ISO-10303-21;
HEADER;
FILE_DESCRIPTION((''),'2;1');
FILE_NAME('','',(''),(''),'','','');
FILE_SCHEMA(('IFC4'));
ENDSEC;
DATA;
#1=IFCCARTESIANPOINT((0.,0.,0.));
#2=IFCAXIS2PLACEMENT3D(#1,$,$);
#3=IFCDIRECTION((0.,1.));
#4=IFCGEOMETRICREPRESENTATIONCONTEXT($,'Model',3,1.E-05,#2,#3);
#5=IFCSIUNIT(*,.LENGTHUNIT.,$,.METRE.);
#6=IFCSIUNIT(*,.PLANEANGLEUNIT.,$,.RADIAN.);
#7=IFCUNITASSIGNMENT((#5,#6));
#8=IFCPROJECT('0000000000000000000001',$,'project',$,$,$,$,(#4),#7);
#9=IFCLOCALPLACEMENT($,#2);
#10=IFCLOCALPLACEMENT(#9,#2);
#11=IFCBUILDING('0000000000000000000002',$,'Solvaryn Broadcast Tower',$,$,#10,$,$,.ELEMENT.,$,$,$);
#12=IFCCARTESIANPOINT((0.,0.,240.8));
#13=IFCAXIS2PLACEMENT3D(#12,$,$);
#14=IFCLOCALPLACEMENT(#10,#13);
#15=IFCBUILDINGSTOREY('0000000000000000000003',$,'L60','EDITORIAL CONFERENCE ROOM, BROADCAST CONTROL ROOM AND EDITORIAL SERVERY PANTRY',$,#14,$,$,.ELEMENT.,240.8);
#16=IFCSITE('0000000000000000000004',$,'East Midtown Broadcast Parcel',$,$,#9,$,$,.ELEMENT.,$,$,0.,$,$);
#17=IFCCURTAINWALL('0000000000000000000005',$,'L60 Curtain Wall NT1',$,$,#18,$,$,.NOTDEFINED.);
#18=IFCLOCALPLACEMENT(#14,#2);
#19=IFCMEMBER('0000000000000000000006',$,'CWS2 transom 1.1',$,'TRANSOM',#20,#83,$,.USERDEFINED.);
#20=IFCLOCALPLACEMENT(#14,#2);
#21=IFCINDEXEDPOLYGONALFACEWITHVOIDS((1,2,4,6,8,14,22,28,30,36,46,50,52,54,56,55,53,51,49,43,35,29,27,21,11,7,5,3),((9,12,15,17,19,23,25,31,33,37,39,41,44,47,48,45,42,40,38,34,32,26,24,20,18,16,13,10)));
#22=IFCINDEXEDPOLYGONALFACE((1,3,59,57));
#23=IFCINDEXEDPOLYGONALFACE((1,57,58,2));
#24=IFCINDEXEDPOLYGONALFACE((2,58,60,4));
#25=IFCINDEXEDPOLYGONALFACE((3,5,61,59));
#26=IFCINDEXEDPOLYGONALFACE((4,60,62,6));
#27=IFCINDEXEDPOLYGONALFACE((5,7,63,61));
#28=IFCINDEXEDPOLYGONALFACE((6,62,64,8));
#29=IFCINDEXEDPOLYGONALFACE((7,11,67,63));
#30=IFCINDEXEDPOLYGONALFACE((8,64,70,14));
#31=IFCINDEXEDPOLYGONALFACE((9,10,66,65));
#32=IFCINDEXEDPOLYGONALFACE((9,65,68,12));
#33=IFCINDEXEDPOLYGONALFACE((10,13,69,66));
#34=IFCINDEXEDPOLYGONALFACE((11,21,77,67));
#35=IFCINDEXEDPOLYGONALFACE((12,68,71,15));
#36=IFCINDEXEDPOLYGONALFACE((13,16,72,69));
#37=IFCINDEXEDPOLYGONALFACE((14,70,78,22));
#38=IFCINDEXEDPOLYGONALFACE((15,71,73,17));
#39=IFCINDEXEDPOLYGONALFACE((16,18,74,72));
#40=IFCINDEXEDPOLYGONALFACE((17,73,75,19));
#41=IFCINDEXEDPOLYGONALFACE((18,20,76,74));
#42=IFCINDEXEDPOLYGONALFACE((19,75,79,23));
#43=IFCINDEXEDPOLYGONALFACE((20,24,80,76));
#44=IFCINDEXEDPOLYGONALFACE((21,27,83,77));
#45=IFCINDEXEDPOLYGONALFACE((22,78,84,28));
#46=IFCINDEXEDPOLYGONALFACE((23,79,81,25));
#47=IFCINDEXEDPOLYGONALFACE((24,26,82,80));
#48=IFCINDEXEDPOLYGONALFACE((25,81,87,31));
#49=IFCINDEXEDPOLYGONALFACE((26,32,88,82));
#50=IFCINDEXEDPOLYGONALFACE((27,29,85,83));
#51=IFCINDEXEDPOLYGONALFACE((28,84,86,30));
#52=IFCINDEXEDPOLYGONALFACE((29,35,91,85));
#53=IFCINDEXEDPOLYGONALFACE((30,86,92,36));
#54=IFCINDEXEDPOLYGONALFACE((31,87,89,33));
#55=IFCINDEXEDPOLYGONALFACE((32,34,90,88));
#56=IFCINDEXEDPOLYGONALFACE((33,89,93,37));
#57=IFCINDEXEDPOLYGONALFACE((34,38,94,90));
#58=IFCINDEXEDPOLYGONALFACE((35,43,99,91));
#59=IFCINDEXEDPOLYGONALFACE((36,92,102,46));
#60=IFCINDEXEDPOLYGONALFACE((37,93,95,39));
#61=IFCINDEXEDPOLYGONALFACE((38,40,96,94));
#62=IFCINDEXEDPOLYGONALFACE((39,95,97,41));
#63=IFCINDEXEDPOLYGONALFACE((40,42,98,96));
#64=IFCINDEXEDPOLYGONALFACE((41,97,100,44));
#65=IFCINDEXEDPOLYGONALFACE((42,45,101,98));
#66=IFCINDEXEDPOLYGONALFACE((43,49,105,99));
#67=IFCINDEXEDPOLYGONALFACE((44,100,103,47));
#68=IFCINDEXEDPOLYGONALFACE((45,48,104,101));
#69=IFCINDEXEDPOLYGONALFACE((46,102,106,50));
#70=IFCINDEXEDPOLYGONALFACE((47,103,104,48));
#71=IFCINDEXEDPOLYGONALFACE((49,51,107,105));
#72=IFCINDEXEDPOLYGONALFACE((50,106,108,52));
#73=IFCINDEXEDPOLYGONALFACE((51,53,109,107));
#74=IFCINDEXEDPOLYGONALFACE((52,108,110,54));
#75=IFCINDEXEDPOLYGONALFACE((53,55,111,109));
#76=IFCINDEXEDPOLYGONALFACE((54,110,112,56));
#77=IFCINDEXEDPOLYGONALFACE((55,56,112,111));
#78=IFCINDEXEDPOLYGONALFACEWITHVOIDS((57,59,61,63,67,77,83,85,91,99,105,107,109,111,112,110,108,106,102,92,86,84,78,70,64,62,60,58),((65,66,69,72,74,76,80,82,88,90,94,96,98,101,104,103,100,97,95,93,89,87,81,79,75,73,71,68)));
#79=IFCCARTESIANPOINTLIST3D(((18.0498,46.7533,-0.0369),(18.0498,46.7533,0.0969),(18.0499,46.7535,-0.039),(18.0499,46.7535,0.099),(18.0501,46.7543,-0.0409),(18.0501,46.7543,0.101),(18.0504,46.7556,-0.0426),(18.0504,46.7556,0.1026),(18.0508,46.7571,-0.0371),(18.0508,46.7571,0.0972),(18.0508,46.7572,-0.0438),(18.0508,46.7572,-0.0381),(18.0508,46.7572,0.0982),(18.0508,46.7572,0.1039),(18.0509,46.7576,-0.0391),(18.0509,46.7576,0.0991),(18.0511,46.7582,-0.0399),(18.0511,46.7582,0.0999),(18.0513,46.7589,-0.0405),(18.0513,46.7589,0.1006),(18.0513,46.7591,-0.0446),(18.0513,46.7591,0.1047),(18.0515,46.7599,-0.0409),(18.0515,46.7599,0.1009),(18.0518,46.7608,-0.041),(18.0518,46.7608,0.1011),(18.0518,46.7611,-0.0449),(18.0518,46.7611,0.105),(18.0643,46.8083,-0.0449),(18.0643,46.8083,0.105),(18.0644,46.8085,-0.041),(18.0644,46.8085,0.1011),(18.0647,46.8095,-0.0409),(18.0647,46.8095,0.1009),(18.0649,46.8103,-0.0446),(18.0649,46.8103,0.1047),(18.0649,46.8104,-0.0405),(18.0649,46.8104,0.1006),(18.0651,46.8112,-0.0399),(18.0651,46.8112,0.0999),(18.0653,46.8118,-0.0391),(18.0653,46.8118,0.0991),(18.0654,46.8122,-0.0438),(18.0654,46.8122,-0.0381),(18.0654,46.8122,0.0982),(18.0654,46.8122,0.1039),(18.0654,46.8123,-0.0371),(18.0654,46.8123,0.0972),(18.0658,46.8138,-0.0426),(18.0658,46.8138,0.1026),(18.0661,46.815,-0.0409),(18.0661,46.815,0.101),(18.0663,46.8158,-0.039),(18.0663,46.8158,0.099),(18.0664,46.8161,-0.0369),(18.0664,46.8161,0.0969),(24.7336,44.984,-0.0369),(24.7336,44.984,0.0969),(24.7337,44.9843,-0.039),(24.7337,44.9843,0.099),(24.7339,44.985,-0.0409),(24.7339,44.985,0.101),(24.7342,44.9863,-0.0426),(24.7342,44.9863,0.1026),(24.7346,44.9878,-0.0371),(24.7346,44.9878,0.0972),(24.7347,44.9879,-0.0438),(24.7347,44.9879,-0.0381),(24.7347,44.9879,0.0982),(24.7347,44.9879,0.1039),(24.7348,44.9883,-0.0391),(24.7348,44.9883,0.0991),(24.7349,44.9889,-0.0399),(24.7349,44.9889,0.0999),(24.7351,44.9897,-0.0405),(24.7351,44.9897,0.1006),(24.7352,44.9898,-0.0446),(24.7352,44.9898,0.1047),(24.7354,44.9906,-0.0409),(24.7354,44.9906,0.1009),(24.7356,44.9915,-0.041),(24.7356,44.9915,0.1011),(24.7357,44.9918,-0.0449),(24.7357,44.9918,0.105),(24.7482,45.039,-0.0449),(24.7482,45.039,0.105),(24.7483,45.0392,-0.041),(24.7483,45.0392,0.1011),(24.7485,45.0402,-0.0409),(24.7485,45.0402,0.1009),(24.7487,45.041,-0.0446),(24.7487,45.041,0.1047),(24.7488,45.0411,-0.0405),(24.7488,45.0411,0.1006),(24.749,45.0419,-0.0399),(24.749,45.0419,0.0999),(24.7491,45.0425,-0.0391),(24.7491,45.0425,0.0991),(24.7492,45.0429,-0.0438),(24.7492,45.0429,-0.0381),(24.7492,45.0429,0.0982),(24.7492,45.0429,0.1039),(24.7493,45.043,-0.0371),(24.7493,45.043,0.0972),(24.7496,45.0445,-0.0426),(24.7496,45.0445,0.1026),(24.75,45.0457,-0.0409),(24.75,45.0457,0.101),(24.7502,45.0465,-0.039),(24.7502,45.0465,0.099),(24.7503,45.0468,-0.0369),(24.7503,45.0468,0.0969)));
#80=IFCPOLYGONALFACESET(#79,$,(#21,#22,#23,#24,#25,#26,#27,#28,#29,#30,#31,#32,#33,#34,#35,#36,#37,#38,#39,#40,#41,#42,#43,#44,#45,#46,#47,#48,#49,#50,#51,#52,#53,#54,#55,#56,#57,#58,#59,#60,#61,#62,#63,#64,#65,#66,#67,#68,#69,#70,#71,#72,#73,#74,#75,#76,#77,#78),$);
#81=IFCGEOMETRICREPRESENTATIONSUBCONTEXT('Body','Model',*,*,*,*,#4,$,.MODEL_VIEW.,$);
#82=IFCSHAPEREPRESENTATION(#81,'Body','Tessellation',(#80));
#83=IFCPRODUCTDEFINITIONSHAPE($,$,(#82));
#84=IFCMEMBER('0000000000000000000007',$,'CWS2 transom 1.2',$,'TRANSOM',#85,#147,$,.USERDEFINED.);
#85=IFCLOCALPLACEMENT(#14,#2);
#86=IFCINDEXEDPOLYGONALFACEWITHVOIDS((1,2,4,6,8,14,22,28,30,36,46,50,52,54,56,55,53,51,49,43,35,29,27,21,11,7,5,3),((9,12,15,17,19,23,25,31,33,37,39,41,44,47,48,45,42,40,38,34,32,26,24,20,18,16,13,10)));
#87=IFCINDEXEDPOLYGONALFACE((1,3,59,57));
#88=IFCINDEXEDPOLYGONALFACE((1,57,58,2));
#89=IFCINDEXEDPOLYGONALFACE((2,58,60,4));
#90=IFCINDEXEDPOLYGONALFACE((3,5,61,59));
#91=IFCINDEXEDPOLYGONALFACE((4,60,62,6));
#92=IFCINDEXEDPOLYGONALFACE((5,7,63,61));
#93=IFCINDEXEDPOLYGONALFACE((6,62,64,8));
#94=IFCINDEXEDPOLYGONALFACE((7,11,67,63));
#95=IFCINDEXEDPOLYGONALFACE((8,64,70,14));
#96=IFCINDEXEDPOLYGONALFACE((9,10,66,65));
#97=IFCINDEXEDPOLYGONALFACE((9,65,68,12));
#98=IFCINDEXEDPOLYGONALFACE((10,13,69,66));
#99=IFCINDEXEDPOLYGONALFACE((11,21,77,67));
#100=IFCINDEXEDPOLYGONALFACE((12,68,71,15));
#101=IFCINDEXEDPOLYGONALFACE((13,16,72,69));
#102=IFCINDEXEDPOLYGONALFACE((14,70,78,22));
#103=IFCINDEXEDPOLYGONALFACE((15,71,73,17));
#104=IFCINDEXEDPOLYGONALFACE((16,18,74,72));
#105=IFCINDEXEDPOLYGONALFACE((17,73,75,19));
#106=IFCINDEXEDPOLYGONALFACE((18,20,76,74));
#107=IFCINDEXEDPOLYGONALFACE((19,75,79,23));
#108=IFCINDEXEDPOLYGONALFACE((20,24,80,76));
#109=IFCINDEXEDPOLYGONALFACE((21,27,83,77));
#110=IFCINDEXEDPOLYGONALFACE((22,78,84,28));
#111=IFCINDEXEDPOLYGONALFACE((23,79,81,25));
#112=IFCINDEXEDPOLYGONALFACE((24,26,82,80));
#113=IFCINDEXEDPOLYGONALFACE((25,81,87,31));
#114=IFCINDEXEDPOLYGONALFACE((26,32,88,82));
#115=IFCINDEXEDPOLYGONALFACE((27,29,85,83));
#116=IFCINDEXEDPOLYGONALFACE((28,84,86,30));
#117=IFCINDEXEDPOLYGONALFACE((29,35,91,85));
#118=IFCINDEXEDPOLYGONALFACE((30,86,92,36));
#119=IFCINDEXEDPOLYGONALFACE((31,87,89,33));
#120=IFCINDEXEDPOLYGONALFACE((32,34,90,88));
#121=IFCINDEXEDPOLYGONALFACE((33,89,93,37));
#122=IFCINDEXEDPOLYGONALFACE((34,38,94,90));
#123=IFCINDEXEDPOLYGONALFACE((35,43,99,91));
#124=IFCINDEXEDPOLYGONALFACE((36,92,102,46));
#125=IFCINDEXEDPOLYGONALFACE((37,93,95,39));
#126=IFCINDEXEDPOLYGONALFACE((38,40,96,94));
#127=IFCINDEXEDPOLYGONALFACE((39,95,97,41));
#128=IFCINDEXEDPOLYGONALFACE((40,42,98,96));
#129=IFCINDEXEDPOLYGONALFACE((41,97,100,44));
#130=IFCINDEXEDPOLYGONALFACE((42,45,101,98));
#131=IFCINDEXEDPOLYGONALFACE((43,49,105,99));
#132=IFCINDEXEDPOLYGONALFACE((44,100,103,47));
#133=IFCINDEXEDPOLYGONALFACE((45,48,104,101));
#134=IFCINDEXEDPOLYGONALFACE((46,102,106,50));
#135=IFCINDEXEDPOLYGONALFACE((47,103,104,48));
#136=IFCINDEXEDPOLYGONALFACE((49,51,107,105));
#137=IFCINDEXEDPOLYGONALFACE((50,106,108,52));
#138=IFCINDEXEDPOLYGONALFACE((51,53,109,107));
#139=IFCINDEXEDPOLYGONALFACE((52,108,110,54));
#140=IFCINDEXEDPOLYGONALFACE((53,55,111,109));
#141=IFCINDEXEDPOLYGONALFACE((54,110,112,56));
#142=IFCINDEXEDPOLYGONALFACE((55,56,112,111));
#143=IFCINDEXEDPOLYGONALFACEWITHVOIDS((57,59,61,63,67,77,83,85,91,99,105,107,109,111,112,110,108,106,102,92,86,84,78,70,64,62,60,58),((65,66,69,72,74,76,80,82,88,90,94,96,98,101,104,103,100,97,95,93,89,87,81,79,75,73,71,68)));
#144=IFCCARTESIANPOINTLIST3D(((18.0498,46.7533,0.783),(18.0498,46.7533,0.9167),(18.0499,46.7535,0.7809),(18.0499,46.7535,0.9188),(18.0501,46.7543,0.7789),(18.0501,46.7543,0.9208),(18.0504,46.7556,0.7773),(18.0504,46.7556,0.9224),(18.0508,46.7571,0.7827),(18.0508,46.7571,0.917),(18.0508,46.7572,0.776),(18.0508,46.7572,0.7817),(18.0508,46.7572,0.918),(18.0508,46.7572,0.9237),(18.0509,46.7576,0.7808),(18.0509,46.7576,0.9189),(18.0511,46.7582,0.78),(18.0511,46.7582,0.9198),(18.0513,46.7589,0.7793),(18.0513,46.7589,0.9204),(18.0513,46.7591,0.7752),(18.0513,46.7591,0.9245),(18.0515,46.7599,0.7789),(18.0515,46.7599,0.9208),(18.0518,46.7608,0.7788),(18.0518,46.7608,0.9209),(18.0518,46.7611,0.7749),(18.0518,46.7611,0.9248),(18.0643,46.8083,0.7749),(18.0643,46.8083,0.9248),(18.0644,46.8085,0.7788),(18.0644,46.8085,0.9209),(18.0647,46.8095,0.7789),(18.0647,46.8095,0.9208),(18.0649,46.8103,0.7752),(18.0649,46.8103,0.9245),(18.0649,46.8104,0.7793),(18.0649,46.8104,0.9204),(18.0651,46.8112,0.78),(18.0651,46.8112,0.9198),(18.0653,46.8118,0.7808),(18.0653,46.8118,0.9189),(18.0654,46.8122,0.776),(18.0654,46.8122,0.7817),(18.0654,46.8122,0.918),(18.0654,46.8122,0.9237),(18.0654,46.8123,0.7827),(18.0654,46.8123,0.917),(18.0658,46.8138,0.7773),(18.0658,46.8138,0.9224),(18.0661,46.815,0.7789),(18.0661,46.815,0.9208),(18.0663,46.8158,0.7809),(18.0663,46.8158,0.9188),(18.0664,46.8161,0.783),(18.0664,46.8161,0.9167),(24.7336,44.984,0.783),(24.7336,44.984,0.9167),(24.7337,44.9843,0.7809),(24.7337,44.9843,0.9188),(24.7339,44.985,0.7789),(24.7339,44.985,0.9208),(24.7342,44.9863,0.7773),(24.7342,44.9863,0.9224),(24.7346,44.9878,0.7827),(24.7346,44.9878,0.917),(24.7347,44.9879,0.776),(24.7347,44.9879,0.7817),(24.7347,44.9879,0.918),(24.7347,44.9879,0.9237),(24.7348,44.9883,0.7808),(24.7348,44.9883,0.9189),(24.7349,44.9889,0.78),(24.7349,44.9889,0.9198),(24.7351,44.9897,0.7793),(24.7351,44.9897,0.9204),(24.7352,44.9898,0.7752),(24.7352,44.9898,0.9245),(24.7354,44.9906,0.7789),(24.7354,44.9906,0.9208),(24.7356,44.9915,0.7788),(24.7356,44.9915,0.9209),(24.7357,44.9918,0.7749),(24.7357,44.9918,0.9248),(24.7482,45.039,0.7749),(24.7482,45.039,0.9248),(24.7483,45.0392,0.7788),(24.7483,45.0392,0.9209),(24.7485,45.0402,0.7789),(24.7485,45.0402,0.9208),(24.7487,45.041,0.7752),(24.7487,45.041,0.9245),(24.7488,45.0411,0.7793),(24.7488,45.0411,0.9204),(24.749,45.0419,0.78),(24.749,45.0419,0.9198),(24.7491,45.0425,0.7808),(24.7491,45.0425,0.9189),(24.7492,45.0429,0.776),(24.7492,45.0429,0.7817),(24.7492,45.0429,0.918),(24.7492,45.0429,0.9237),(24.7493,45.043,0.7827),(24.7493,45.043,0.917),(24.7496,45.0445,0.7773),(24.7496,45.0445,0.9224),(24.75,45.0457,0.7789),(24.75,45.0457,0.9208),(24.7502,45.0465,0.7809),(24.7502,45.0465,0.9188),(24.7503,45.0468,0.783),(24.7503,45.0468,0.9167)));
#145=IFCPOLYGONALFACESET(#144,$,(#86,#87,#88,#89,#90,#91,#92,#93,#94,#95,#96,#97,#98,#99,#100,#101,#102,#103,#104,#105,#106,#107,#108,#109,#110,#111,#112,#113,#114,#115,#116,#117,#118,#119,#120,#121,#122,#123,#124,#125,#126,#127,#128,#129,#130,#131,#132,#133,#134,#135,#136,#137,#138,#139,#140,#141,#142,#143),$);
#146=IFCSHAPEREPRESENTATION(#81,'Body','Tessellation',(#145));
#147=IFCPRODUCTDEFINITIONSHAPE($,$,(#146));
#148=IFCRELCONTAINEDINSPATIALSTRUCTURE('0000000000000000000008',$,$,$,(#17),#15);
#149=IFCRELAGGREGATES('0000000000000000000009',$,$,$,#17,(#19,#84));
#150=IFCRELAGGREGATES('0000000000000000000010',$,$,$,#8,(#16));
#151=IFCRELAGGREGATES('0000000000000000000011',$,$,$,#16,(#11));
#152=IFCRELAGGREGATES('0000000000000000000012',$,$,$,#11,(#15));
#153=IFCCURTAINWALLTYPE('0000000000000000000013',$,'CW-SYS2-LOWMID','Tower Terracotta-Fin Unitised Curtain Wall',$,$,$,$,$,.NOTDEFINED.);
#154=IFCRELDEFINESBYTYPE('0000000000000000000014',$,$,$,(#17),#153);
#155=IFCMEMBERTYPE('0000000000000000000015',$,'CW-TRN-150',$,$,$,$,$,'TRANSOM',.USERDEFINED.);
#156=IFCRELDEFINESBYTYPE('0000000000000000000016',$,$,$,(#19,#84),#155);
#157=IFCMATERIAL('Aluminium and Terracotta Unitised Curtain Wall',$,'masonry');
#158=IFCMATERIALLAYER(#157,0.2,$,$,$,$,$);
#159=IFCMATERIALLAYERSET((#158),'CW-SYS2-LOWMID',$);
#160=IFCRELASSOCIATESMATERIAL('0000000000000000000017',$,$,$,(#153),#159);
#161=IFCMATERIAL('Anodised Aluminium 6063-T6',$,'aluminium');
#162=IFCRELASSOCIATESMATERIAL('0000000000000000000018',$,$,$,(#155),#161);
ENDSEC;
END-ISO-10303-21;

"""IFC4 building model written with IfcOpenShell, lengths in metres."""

from ifc_helpers import new_model, si_unit, direction, frame, origin, origin_2d, place, context, subcontext, project, spatial, hollow_rectangle, extrude, material, layer, layer_set, material_profile, profile_set, type_object, element, aggregate, save


model = new_model("IFC4")

# Units and contexts
model_context = context("Model", 3, precision=1e-05, world=origin(), true_north=direction((0.0, 1.0)))
body_context = subcontext(model_context, "Body", "Model", "MODEL_VIEW")
ifc_project = project(units=[si_unit("LENGTHUNIT", "METRE"), si_unit("PLANEANGLEUNIT", "RADIAN")], contexts=[model_context])

# Site, building, storey
site_placement = place(None, origin())
site = spatial("IfcSite", under=ifc_project, at=site_placement, Name="East Midtown Broadcast Parcel", CompositionType="ELEMENT", RefElevation=0.0)
building_placement = place(site_placement, origin())
building = spatial("IfcBuilding", under=site, at=building_placement, Name="Solvaryn Broadcast Tower", CompositionType="ELEMENT")
storey_placement = place(building_placement, frame((0.0, 0.0, 240.8)))
storey = spatial("IfcBuildingStorey", under=building, at=storey_placement, Name="L60", Description="EDITORIAL CONFERENCE ROOM, BROADCAST CONTROL ROOM AND EDITORIAL SERVERY PANTRY", CompositionType="ELEMENT", Elevation=240.8)

# Shared definitions
ifc_material_1 = material(Name="Aluminium and Terracotta Unitised Curtain Wall", Category="masonry")
ifc_layer_1 = layer(ifc_material_1, 0.2)
ifc_layer_set_1 = layer_set([ifc_layer_1], Name="CW-SYS2-LOWMID")
curtain_wall_type = type_object("IfcCurtainWallType", Name="CW-SYS2-LOWMID", Description="Tower Terracotta-Fin Unitised Curtain Wall", PredefinedType="NOTDEFINED", material=ifc_layer_set_1)

# Curtain wall
curtain_wall_1_placement = place(storey_placement, origin())
curtain_wall_1 = element("IfcCurtainWall", 1, at=curtain_wall_1_placement, inside=storey, type_object=curtain_wall_type, Name="L60 Curtain Wall NT1", PredefinedType="NOTDEFINED")

# Members
ifc_material_2 = material(Name="Anodised Aluminium 6063-T6", Category="aluminium")
ifc_material_profile_1 = material_profile(ifc_material_2, hollow_rectangle(XDim=0.0649, YDim=0.1499, WallThickness=0.0039, InnerFilletRadius=0.0039, OuterFilletRadius=0.0081, at=origin_2d()))
ifc_profile_set_1 = profile_set([ifc_material_profile_1], Name="Anodised Aluminium 6063-T6")
member_type_1 = type_object("IfcMemberType", Name="CW-TRN-150", ElementType="TRANSOM", PredefinedType="USERDEFINED", material=ifc_profile_set_1)
member_1_placement = place(storey_placement, frame((24.7419, 45.0154, 0.03), z_axis=(-0.966704, 0.255897, 0.0), x_axis=(-0.255897, -0.966704, 0.0)))
member_1 = element("IfcMember", 2, at=member_1_placement, type_object=member_type_1, Name="CWS2 transom 1.1", ObjectType="TRANSOM", PredefinedType="USERDEFINED", context=body_context, shape_type="SweptSolid", body=[
    extrude(hollow_rectangle(XDim=0.0649, YDim=0.1499, WallThickness=0.0039, InnerFilletRadius=0.0039, OuterFilletRadius=0.0081, at=origin_2d()), origin(), (0.0, 0.0, 1.0), 6.9141),
])
member_2_placement = place(storey_placement, frame((24.7419, 45.0154, 0.8499), z_axis=(-0.966704, 0.255897, 0.0), x_axis=(-0.255897, -0.966704, 0.0)))
member_2 = element("IfcMember", 3, at=member_2_placement, type_object=member_type_1, Name="CWS2 transom 1.2", ObjectType="TRANSOM", PredefinedType="USERDEFINED", context=body_context, shape_type="SweptSolid", body=[
    extrude(hollow_rectangle(XDim=0.0649, YDim=0.1499, WallThickness=0.0039, InnerFilletRadius=0.0039, OuterFilletRadius=0.0081, at=origin_2d()), origin(), (0.0, 0.0, 1.0), 6.9141),
])
aggregate(curtain_wall_1, [member_1, member_2])

save(model, "model.ifc")
